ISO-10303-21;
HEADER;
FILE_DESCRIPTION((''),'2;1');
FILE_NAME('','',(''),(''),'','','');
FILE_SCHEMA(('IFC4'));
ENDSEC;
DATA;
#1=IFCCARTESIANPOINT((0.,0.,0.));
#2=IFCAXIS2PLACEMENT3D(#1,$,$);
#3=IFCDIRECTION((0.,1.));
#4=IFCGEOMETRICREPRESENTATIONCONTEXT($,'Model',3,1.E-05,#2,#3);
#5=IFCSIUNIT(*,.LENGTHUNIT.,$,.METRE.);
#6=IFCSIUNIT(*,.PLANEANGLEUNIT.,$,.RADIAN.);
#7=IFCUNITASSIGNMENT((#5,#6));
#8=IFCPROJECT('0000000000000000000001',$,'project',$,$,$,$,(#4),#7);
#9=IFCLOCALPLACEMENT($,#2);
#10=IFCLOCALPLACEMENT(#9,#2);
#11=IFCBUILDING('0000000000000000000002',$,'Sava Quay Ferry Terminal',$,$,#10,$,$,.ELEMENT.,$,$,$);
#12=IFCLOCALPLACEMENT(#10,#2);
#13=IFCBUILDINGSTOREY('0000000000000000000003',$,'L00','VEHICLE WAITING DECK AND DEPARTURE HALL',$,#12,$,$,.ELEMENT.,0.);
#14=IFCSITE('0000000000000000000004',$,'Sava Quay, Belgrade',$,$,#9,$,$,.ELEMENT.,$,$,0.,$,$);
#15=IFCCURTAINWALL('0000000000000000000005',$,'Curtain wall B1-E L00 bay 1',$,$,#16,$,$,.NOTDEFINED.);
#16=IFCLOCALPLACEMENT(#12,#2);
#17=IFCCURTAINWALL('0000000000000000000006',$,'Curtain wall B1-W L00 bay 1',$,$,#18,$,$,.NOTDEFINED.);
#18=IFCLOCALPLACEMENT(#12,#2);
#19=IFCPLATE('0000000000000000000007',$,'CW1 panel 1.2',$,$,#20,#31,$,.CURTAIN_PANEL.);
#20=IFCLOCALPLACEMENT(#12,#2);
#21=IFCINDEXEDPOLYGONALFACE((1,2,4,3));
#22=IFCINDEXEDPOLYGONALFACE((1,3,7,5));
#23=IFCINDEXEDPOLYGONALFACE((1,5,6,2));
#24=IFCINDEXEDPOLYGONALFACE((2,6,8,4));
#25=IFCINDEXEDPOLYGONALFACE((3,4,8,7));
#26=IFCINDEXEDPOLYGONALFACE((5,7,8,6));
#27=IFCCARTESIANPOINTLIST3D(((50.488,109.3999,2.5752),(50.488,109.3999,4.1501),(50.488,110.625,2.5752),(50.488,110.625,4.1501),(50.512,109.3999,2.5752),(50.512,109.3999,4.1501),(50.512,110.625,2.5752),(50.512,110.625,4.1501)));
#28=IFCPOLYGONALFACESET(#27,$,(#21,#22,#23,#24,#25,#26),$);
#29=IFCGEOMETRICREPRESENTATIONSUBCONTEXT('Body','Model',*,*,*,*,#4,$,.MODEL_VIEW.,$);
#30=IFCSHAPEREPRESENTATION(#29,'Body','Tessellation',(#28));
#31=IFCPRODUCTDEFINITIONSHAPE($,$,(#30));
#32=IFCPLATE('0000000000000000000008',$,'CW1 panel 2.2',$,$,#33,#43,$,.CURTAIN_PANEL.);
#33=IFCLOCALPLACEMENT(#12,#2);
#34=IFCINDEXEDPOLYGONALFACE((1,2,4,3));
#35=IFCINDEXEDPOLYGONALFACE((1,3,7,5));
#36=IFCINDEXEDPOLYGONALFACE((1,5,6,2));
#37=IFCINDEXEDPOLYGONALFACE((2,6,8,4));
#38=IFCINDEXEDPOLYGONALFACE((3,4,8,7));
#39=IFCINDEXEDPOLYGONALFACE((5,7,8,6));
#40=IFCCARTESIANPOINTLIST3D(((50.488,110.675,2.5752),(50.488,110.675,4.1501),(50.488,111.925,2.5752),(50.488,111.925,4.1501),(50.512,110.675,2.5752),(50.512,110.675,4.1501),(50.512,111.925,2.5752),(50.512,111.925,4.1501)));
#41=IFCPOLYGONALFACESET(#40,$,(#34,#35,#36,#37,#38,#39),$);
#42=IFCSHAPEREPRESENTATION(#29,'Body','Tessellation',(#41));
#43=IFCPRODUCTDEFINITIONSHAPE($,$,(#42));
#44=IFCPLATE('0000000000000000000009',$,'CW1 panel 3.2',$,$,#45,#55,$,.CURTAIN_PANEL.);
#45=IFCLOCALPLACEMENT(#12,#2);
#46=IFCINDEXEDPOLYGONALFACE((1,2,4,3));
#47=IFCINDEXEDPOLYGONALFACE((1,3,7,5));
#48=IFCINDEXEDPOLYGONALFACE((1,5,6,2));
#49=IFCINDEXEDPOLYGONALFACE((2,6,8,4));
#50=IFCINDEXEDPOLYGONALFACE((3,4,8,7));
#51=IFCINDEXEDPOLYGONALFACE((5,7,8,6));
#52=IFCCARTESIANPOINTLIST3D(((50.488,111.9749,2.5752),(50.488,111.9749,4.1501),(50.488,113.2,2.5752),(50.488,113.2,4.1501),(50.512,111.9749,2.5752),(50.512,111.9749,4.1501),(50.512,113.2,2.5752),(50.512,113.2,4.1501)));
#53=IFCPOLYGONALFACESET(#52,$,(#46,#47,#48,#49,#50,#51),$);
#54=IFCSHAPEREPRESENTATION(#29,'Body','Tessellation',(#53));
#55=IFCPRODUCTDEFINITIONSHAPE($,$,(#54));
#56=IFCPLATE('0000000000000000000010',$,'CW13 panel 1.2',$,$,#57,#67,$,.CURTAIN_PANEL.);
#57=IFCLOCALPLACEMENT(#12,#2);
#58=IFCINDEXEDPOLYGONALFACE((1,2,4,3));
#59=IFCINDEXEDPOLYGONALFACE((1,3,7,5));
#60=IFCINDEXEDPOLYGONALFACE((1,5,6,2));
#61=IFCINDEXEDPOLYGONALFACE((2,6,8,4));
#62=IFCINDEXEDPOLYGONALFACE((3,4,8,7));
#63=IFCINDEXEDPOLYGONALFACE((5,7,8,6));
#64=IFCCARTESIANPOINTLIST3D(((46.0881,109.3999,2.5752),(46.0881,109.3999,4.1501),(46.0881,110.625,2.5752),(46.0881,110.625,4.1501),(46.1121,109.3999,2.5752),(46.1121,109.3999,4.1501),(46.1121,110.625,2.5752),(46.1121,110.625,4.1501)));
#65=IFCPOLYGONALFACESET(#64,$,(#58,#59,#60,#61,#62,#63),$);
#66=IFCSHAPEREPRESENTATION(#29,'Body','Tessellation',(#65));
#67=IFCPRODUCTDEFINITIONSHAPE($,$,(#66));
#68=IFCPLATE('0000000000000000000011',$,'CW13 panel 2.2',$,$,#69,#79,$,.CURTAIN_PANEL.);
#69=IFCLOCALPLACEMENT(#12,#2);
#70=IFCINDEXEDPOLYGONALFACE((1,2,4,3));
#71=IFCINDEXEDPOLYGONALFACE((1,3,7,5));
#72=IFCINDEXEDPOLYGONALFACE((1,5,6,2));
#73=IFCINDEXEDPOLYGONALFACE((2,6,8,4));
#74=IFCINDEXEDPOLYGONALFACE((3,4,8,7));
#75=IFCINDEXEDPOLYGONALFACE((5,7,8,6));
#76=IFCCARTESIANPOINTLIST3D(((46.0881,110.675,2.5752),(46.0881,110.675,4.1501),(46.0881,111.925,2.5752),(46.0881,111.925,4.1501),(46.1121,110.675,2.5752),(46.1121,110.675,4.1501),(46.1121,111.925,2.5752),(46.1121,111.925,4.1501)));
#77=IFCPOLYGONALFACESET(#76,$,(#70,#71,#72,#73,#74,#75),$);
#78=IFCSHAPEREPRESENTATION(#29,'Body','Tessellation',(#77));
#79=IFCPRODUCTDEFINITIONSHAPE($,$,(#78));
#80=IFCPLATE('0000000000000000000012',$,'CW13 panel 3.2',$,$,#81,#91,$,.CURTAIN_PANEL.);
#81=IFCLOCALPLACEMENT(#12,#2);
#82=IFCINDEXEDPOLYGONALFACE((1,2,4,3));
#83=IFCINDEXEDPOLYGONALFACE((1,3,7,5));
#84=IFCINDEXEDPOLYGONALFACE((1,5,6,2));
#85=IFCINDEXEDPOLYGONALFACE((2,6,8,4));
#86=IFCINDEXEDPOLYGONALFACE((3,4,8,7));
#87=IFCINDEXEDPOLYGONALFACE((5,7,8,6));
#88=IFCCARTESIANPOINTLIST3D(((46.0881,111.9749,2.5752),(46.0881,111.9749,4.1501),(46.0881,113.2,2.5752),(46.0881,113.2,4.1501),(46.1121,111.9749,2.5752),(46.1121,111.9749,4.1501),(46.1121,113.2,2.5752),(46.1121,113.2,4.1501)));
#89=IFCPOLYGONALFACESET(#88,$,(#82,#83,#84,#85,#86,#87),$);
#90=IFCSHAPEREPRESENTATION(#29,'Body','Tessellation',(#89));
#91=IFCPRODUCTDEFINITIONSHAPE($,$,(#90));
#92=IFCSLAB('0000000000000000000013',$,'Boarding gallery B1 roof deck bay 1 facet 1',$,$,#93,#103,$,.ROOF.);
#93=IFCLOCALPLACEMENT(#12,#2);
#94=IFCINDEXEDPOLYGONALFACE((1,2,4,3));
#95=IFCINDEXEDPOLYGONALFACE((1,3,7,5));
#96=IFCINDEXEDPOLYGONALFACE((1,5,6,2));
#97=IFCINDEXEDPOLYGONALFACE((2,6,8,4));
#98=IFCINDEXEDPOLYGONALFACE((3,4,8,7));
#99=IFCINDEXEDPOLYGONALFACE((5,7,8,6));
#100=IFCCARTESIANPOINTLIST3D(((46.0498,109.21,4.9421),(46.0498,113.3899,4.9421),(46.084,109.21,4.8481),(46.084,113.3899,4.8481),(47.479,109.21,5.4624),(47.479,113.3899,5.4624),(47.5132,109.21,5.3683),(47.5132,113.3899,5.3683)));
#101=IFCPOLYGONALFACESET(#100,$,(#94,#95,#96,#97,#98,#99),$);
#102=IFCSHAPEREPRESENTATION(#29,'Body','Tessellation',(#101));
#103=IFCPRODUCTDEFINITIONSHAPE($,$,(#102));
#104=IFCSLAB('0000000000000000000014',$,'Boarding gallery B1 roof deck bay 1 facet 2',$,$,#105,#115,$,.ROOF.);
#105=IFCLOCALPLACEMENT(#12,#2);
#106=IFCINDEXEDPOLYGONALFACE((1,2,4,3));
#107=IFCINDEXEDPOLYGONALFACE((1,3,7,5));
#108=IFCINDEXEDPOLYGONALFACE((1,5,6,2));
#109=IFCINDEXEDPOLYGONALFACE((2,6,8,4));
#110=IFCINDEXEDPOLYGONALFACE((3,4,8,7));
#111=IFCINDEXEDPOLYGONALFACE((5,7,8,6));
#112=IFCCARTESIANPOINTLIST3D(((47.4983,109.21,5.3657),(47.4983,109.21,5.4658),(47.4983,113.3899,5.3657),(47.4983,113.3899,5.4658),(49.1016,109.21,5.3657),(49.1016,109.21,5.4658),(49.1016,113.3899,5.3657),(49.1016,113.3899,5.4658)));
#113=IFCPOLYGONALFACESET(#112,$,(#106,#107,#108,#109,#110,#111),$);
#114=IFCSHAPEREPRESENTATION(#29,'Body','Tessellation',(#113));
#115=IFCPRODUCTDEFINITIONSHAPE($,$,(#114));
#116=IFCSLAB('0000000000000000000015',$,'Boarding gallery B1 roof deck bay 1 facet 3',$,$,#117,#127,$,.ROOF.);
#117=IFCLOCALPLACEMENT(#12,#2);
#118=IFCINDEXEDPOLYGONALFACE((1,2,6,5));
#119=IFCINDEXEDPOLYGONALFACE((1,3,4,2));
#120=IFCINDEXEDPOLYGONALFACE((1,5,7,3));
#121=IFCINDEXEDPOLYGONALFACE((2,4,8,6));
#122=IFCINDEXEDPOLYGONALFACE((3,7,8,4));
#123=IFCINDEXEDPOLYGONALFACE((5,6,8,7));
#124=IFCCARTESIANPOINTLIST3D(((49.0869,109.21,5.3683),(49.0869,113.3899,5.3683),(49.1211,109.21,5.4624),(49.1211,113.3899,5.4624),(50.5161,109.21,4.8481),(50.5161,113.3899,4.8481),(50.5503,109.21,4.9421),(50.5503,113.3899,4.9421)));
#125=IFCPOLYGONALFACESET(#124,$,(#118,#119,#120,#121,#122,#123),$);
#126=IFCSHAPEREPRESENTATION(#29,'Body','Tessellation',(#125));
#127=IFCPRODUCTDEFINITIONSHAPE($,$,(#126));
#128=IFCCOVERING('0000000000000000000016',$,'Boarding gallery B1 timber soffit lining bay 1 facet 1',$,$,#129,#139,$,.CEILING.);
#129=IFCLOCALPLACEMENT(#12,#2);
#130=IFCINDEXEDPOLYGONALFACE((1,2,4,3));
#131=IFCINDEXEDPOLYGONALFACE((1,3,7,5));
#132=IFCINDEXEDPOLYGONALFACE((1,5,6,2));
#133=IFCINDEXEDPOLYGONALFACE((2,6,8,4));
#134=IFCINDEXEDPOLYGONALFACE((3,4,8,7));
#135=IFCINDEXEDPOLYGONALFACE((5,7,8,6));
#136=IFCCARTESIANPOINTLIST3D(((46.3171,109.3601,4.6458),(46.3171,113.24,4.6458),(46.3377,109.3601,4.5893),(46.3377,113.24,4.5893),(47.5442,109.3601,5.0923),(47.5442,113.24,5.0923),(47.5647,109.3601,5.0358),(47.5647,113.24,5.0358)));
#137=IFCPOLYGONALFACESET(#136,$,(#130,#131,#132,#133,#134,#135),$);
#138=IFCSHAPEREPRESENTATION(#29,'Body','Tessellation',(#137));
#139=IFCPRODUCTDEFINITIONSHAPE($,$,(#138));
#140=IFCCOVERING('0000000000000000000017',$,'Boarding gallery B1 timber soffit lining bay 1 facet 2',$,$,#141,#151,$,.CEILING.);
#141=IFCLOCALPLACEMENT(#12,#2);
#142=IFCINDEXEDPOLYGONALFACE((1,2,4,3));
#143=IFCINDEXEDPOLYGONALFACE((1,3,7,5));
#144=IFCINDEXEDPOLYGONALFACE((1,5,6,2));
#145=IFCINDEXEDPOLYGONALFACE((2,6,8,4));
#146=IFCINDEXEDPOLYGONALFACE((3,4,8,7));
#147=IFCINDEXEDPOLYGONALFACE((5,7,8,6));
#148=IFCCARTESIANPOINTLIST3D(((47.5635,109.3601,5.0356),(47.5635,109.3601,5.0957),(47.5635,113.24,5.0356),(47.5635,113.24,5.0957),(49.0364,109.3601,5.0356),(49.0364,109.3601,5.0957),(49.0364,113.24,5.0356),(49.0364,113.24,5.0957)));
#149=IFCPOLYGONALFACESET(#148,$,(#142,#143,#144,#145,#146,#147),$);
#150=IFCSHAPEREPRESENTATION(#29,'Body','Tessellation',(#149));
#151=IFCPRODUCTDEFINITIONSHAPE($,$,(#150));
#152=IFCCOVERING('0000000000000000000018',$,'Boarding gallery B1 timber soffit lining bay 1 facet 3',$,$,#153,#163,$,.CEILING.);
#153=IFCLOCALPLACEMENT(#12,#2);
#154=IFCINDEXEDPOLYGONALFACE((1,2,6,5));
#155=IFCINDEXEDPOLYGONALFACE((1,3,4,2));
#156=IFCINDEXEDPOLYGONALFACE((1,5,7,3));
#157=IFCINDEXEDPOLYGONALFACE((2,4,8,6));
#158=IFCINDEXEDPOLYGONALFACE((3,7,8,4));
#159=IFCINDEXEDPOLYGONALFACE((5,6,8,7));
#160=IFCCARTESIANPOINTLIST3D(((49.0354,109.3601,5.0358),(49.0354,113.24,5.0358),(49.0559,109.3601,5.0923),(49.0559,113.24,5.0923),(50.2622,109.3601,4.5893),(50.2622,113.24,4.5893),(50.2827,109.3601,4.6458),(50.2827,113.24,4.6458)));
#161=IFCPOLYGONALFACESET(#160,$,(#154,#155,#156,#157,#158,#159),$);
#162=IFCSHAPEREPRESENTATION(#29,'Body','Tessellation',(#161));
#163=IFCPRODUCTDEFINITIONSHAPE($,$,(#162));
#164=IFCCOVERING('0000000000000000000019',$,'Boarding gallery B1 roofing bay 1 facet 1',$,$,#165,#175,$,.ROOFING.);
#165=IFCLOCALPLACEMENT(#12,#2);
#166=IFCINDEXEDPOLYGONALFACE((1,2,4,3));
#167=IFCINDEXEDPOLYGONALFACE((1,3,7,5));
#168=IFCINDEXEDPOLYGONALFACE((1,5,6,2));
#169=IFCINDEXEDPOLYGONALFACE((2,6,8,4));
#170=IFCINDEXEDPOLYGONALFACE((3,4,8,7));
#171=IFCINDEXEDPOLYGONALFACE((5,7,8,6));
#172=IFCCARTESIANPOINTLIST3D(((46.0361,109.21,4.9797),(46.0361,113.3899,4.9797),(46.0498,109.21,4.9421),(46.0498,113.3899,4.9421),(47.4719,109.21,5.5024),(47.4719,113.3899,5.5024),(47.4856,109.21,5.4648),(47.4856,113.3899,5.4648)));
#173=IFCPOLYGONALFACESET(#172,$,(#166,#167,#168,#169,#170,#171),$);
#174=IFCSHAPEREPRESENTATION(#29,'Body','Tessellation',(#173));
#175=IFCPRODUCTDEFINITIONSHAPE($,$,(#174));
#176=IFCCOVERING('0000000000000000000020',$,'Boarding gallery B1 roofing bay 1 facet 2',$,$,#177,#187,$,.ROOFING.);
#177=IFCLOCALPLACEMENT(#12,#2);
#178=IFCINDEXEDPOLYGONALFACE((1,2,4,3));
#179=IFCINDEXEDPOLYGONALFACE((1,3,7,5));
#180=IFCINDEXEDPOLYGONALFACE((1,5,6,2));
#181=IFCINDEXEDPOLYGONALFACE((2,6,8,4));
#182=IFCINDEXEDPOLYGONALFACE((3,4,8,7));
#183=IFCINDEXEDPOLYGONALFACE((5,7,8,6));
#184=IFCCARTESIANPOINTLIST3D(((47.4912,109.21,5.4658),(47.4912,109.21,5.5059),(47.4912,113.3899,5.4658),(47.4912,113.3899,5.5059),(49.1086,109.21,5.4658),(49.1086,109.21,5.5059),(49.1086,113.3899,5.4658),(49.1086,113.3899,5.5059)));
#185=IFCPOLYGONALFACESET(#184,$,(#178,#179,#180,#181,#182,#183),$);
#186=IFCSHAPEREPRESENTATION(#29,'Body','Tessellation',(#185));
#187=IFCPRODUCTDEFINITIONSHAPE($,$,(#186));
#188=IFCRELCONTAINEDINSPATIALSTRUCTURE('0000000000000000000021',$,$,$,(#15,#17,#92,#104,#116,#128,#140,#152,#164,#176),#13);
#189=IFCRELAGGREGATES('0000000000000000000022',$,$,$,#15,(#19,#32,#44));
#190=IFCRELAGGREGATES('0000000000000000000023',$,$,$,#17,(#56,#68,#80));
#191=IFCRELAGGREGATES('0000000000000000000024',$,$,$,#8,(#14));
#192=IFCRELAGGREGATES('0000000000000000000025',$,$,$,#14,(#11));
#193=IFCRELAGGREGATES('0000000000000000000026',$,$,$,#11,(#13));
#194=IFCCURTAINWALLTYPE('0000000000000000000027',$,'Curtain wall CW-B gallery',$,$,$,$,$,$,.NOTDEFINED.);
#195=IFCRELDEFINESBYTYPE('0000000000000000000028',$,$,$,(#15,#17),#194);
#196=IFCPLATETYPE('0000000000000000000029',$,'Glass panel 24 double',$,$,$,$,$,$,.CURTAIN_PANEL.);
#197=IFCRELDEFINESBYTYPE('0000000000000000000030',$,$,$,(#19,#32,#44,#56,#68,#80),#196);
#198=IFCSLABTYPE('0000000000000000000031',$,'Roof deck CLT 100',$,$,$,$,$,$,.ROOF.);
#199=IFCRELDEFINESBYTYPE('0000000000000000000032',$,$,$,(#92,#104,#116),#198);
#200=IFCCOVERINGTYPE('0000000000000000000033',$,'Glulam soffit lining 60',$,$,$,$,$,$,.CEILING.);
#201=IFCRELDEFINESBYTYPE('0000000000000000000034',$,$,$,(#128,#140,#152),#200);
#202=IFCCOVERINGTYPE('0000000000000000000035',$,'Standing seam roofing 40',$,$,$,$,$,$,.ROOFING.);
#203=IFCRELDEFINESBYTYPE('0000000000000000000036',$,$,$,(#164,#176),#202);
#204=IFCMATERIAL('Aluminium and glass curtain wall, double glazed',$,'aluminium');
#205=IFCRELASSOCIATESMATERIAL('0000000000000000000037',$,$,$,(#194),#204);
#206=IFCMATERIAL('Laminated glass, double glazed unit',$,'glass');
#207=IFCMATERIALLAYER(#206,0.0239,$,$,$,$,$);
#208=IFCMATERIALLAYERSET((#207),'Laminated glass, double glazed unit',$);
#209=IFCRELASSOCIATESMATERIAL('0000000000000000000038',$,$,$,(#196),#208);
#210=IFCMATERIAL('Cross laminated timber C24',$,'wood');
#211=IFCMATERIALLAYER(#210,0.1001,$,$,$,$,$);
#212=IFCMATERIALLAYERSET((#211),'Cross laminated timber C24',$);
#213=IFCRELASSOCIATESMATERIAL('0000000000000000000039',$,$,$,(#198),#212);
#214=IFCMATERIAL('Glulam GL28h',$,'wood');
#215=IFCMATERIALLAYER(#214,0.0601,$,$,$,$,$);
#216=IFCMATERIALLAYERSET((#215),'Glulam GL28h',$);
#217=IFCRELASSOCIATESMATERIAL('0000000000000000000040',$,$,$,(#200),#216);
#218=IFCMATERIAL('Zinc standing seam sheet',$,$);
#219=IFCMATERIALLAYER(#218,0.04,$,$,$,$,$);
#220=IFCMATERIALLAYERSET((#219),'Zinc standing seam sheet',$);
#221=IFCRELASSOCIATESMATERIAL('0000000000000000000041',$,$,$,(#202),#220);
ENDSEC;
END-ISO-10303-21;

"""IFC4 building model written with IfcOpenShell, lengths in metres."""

from ifc_helpers import new_model, si_unit, direction, frame, origin, origin_2d, place, context, subcontext, project, spatial, polyline, rectangle, outline, extrude, material, layer, layer_set, type_object, element, aggregate, save


model = new_model("IFC4")

# Units and contexts
model_context = context("Model", 3, precision=1e-05, world=origin(), true_north=direction((0.0, 1.0)))
body_context = subcontext(model_context, "Body", "Model", "MODEL_VIEW")
ifc_project = project(units=[si_unit("LENGTHUNIT", "METRE"), si_unit("PLANEANGLEUNIT", "RADIAN")], contexts=[model_context])

# Site, building, storey
site_placement = place(None, origin())
site = spatial("IfcSite", under=ifc_project, at=site_placement, Name="Sava Quay, Belgrade", CompositionType="ELEMENT", RefElevation=0.0)
building_placement = place(site_placement, origin())
building = spatial("IfcBuilding", under=site, at=building_placement, Name="Sava Quay Ferry Terminal", CompositionType="ELEMENT")
storey_placement = place(building_placement, origin())
storey = spatial("IfcBuildingStorey", under=building, at=storey_placement, Name="L00", Description="VEHICLE WAITING DECK AND DEPARTURE HALL", CompositionType="ELEMENT", Elevation=0.0)

# Curtain walls
ifc_material_1 = material(Name="Aluminium and glass curtain wall, double glazed", Category="aluminium")
curtain_wall_type = type_object("IfcCurtainWallType", Name="Curtain wall CW-B gallery", PredefinedType="NOTDEFINED", material=ifc_material_1)
curtain_wall_1_placement = place(storey_placement, origin())
curtain_wall_1 = element("IfcCurtainWall", 1, at=curtain_wall_1_placement, inside=storey, type_object=curtain_wall_type, Name="Curtain wall B1-E L00 bay 1", PredefinedType="NOTDEFINED")
curtain_wall_2_placement = place(storey_placement, origin())
curtain_wall_2 = element("IfcCurtainWall", 2, at=curtain_wall_2_placement, inside=storey, type_object=curtain_wall_type, Name="Curtain wall B1-W L00 bay 1", PredefinedType="NOTDEFINED")

# Plates
ifc_material_2 = material(Name="Laminated glass, double glazed unit", Category="glass")
ifc_layer_1 = layer(ifc_material_2, 0.0239)
ifc_layer_set_1 = layer_set([ifc_layer_1], Name="Laminated glass, double glazed unit")
plate_type = type_object("IfcPlateType", Name="Glass panel 24 double", PredefinedType="CURTAIN_PANEL", material=ifc_layer_set_1)
plate_1_placement = place(storey_placement, frame((50.5, 110.0125, 2.5752), z_axis=(0.0, 0.0, 1.0), x_axis=(0.0, 1.0, 0.0)))
plate_1 = element("IfcPlate", 3, at=plate_1_placement, type_object=plate_type, Name="CW1 panel 1.2", PredefinedType="CURTAIN_PANEL", context=body_context, shape_type="SweptSolid", body=[
    extrude(rectangle(XDim=1.2251, YDim=0.0239, at=origin_2d()), origin(), (0.0, 0.0, 1.0), 1.575),
])
plate_2_placement = place(storey_placement, frame((50.5, 111.3, 2.5752), z_axis=(0.0, 0.0, 1.0), x_axis=(0.0, 1.0, 0.0)))
plate_2 = element("IfcPlate", 4, at=plate_2_placement, type_object=plate_type, Name="CW1 panel 2.2", PredefinedType="CURTAIN_PANEL", context=body_context, shape_type="SweptSolid", body=[
    extrude(rectangle(XDim=1.25, YDim=0.0239, at=origin_2d()), origin(), (0.0, 0.0, 1.0), 1.575),
])
plate_3_placement = place(storey_placement, frame((50.5, 112.5874, 2.5752), z_axis=(0.0, 0.0, 1.0), x_axis=(0.0, 1.0, 0.0)))
plate_3 = element("IfcPlate", 5, at=plate_3_placement, type_object=plate_type, Name="CW1 panel 3.2", PredefinedType="CURTAIN_PANEL", context=body_context, shape_type="SweptSolid", body=[
    extrude(rectangle(XDim=1.2251, YDim=0.0239, at=origin_2d()), origin(), (0.0, 0.0, 1.0), 1.575),
])
aggregate(curtain_wall_1, [plate_1, plate_2, plate_3])
plate_4_placement = place(storey_placement, frame((46.1001, 110.0125, 2.5752), z_axis=(0.0, 0.0, 1.0), x_axis=(0.0, 1.0, 0.0)))
plate_4 = element("IfcPlate", 6, at=plate_4_placement, type_object=plate_type, Name="CW13 panel 1.2", PredefinedType="CURTAIN_PANEL", context=body_context, shape_type="SweptSolid", body=[
    extrude(rectangle(XDim=1.2251, YDim=0.0239, at=origin_2d()), origin(), (0.0, 0.0, 1.0), 1.575),
])
plate_5_placement = place(storey_placement, frame((46.1001, 111.3, 2.5752), z_axis=(0.0, 0.0, 1.0), x_axis=(0.0, 1.0, 0.0)))
plate_5 = element("IfcPlate", 7, at=plate_5_placement, type_object=plate_type, Name="CW13 panel 2.2", PredefinedType="CURTAIN_PANEL", context=body_context, shape_type="SweptSolid", body=[
    extrude(rectangle(XDim=1.25, YDim=0.0239, at=origin_2d()), origin(), (0.0, 0.0, 1.0), 1.575),
])
plate_6_placement = place(storey_placement, frame((46.1001, 112.5874, 2.5752), z_axis=(0.0, 0.0, 1.0), x_axis=(0.0, 1.0, 0.0)))
plate_6 = element("IfcPlate", 8, at=plate_6_placement, type_object=plate_type, Name="CW13 panel 3.2", PredefinedType="CURTAIN_PANEL", context=body_context, shape_type="SweptSolid", body=[
    extrude(rectangle(XDim=1.2251, YDim=0.0239, at=origin_2d()), origin(), (0.0, 0.0, 1.0), 1.575),
])
aggregate(curtain_wall_2, [plate_4, plate_5, plate_6])

# Slabs
ifc_material_3 = material(Name="Cross laminated timber C24", Category="wood")
ifc_layer_2 = layer(ifc_material_3, 0.1001)
ifc_layer_set_2 = layer_set([ifc_layer_2], Name="Cross laminated timber C24")
slab_type = type_object("IfcSlabType", Name="Roof deck CLT 100", PredefinedType="ROOF", material=ifc_layer_set_2)
slab_1_placement = place(storey_placement, frame((46.0498, 109.21, 4.9421), z_axis=(-0.342065, 0.0, 0.939676), x_axis=(0.939676, 0.0, 0.342065)))
element("IfcSlab", 9, at=slab_1_placement, inside=storey, type_object=slab_type, Name="Boarding gallery B1 roof deck bay 1 facet 1", PredefinedType="ROOF", context=body_context, shape_type="SweptSolid", body=[
    extrude(outline(polyline([(0.0, 0.0), (1.5209, 0.0), (1.5209, 4.1799), (0.0, 4.1799), (0.0, 0.0)])), origin(), (0.0, 0.0, -1.0), 0.1001),
])
slab_2_placement = place(storey_placement, frame((47.4983, 109.21, 5.4658), z_axis=(0.0, 0.0, 1.0), x_axis=(1.0, 0.0, 0.0)))
element("IfcSlab", 10, at=slab_2_placement, inside=storey, type_object=slab_type, Name="Boarding gallery B1 roof deck bay 1 facet 2", PredefinedType="ROOF", context=body_context, shape_type="SweptSolid", body=[
    extrude(outline(polyline([(0.0, 0.0), (1.6033, 0.0), (1.6033, 4.1799), (0.0, 4.1799), (0.0, 0.0)])), origin(), (0.0, 0.0, -1.0), 0.1001),
])
slab_3_placement = place(storey_placement, frame((49.1211, 109.21, 5.4624), z_axis=(0.342065, 0.0, 0.939676), x_axis=(0.939676, 0.0, -0.342065)))
element("IfcSlab", 11, at=slab_3_placement, inside=storey, type_object=slab_type, Name="Boarding gallery B1 roof deck bay 1 facet 3", PredefinedType="ROOF", context=body_context, shape_type="SweptSolid", body=[
    extrude(outline(polyline([(0.0, 0.0), (1.5209, 0.0), (1.5209, 4.1799), (0.0, 4.1799), (0.0, 0.0)])), origin(), (0.0, 0.0, -1.0), 0.1001),
])

# Coverings
ifc_material_4 = material(Name="Glulam GL28h", Category="wood")
ifc_layer_3 = layer(ifc_material_4, 0.0601)
ifc_layer_set_3 = layer_set([ifc_layer_3], Name="Glulam GL28h")
covering_type_1 = type_object("IfcCoveringType", Name="Glulam soffit lining 60", PredefinedType="CEILING", material=ifc_layer_set_3)
covering_1_placement = place(storey_placement, frame((46.3171, 109.3601, 4.6458), z_axis=(-0.341968, 0.0, 0.939712), x_axis=(0.939712, 0.0, 0.341968)))
element("IfcCovering", 12, at=covering_1_placement, inside=storey, type_object=covering_type_1, Name="Boarding gallery B1 timber soffit lining bay 1 facet 1", PredefinedType="CEILING", context=body_context, shape_type="SweptSolid", body=[
    extrude(outline(polyline([(0.0, 0.0), (1.3058, 0.0), (1.3058, 3.8799), (0.0, 3.8799), (0.0, 0.0)])), origin(), (0.0, 0.0, -1.0), 0.0601),
])
covering_2_placement = place(storey_placement, frame((47.5635, 109.3601, 5.0957), z_axis=(0.0, 0.0, 1.0), x_axis=(1.0, 0.0, 0.0)))
element("IfcCovering", 13, at=covering_2_placement, inside=storey, type_object=covering_type_1, Name="Boarding gallery B1 timber soffit lining bay 1 facet 2", PredefinedType="CEILING", context=body_context, shape_type="SweptSolid", body=[
    extrude(outline(polyline([(0.0, 0.0), (1.4729, 0.0), (1.4729, 3.8799), (0.0, 3.8799), (0.0, 0.0)])), origin(), (0.0, 0.0, -1.0), 0.0601),
])
covering_3_placement = place(storey_placement, frame((49.0559, 109.3601, 5.0923), z_axis=(0.342028, 0.0, 0.93969), x_axis=(0.93969, 0.0, -0.342028)))
element("IfcCovering", 14, at=covering_3_placement, inside=storey, type_object=covering_type_1, Name="Boarding gallery B1 timber soffit lining bay 1 facet 3", PredefinedType="CEILING", context=body_context, shape_type="SweptSolid", body=[
    extrude(outline(polyline([(0.0, 0.0), (1.3055, 0.0), (1.3055, 3.8799), (0.0, 3.8799), (0.0, 0.0)])), origin(), (0.0, 0.0, -1.0), 0.0601),
])
ifc_material_5 = material(Name="Zinc standing seam sheet")
ifc_layer_4 = layer(ifc_material_5, 0.04)
ifc_layer_set_4 = layer_set([ifc_layer_4], Name="Zinc standing seam sheet")
covering_type_2 = type_object("IfcCoveringType", Name="Standing seam roofing 40", PredefinedType="ROOFING", material=ifc_layer_set_4)
covering_4_placement = place(storey_placement, frame((46.0361, 109.21, 4.9797), z_axis=(-0.342089, 0.0, 0.939667), x_axis=(0.939667, 0.0, 0.342089)))
element("IfcCovering", 15, at=covering_4_placement, inside=storey, type_object=covering_type_2, Name="Boarding gallery B1 roofing bay 1 facet 1", PredefinedType="ROOFING", context=body_context, shape_type="SweptSolid", body=[
    extrude(outline(polyline([(0.0, 0.0), (1.528, 0.0), (1.528, 4.1799), (0.0, 4.1799), (0.0, 0.0)])), origin(), (0.0, 0.0, -1.0), 0.04),
])
covering_5_placement = place(storey_placement, frame((47.4912, 109.21, 5.5059), z_axis=(0.0, 0.0, 1.0), x_axis=(1.0, 0.0, 0.0)))
element("IfcCovering", 16, at=covering_5_placement, inside=storey, type_object=covering_type_2, Name="Boarding gallery B1 roofing bay 1 facet 2", PredefinedType="ROOFING", context=body_context, shape_type="SweptSolid", body=[
    extrude(outline(polyline([(0.0, 0.0), (1.6174, 0.0), (1.6174, 4.1799), (0.0, 4.1799), (0.0, 0.0)])), origin(), (0.0, 0.0, -1.0), 0.04),
])

save(model, "model.ifc")
